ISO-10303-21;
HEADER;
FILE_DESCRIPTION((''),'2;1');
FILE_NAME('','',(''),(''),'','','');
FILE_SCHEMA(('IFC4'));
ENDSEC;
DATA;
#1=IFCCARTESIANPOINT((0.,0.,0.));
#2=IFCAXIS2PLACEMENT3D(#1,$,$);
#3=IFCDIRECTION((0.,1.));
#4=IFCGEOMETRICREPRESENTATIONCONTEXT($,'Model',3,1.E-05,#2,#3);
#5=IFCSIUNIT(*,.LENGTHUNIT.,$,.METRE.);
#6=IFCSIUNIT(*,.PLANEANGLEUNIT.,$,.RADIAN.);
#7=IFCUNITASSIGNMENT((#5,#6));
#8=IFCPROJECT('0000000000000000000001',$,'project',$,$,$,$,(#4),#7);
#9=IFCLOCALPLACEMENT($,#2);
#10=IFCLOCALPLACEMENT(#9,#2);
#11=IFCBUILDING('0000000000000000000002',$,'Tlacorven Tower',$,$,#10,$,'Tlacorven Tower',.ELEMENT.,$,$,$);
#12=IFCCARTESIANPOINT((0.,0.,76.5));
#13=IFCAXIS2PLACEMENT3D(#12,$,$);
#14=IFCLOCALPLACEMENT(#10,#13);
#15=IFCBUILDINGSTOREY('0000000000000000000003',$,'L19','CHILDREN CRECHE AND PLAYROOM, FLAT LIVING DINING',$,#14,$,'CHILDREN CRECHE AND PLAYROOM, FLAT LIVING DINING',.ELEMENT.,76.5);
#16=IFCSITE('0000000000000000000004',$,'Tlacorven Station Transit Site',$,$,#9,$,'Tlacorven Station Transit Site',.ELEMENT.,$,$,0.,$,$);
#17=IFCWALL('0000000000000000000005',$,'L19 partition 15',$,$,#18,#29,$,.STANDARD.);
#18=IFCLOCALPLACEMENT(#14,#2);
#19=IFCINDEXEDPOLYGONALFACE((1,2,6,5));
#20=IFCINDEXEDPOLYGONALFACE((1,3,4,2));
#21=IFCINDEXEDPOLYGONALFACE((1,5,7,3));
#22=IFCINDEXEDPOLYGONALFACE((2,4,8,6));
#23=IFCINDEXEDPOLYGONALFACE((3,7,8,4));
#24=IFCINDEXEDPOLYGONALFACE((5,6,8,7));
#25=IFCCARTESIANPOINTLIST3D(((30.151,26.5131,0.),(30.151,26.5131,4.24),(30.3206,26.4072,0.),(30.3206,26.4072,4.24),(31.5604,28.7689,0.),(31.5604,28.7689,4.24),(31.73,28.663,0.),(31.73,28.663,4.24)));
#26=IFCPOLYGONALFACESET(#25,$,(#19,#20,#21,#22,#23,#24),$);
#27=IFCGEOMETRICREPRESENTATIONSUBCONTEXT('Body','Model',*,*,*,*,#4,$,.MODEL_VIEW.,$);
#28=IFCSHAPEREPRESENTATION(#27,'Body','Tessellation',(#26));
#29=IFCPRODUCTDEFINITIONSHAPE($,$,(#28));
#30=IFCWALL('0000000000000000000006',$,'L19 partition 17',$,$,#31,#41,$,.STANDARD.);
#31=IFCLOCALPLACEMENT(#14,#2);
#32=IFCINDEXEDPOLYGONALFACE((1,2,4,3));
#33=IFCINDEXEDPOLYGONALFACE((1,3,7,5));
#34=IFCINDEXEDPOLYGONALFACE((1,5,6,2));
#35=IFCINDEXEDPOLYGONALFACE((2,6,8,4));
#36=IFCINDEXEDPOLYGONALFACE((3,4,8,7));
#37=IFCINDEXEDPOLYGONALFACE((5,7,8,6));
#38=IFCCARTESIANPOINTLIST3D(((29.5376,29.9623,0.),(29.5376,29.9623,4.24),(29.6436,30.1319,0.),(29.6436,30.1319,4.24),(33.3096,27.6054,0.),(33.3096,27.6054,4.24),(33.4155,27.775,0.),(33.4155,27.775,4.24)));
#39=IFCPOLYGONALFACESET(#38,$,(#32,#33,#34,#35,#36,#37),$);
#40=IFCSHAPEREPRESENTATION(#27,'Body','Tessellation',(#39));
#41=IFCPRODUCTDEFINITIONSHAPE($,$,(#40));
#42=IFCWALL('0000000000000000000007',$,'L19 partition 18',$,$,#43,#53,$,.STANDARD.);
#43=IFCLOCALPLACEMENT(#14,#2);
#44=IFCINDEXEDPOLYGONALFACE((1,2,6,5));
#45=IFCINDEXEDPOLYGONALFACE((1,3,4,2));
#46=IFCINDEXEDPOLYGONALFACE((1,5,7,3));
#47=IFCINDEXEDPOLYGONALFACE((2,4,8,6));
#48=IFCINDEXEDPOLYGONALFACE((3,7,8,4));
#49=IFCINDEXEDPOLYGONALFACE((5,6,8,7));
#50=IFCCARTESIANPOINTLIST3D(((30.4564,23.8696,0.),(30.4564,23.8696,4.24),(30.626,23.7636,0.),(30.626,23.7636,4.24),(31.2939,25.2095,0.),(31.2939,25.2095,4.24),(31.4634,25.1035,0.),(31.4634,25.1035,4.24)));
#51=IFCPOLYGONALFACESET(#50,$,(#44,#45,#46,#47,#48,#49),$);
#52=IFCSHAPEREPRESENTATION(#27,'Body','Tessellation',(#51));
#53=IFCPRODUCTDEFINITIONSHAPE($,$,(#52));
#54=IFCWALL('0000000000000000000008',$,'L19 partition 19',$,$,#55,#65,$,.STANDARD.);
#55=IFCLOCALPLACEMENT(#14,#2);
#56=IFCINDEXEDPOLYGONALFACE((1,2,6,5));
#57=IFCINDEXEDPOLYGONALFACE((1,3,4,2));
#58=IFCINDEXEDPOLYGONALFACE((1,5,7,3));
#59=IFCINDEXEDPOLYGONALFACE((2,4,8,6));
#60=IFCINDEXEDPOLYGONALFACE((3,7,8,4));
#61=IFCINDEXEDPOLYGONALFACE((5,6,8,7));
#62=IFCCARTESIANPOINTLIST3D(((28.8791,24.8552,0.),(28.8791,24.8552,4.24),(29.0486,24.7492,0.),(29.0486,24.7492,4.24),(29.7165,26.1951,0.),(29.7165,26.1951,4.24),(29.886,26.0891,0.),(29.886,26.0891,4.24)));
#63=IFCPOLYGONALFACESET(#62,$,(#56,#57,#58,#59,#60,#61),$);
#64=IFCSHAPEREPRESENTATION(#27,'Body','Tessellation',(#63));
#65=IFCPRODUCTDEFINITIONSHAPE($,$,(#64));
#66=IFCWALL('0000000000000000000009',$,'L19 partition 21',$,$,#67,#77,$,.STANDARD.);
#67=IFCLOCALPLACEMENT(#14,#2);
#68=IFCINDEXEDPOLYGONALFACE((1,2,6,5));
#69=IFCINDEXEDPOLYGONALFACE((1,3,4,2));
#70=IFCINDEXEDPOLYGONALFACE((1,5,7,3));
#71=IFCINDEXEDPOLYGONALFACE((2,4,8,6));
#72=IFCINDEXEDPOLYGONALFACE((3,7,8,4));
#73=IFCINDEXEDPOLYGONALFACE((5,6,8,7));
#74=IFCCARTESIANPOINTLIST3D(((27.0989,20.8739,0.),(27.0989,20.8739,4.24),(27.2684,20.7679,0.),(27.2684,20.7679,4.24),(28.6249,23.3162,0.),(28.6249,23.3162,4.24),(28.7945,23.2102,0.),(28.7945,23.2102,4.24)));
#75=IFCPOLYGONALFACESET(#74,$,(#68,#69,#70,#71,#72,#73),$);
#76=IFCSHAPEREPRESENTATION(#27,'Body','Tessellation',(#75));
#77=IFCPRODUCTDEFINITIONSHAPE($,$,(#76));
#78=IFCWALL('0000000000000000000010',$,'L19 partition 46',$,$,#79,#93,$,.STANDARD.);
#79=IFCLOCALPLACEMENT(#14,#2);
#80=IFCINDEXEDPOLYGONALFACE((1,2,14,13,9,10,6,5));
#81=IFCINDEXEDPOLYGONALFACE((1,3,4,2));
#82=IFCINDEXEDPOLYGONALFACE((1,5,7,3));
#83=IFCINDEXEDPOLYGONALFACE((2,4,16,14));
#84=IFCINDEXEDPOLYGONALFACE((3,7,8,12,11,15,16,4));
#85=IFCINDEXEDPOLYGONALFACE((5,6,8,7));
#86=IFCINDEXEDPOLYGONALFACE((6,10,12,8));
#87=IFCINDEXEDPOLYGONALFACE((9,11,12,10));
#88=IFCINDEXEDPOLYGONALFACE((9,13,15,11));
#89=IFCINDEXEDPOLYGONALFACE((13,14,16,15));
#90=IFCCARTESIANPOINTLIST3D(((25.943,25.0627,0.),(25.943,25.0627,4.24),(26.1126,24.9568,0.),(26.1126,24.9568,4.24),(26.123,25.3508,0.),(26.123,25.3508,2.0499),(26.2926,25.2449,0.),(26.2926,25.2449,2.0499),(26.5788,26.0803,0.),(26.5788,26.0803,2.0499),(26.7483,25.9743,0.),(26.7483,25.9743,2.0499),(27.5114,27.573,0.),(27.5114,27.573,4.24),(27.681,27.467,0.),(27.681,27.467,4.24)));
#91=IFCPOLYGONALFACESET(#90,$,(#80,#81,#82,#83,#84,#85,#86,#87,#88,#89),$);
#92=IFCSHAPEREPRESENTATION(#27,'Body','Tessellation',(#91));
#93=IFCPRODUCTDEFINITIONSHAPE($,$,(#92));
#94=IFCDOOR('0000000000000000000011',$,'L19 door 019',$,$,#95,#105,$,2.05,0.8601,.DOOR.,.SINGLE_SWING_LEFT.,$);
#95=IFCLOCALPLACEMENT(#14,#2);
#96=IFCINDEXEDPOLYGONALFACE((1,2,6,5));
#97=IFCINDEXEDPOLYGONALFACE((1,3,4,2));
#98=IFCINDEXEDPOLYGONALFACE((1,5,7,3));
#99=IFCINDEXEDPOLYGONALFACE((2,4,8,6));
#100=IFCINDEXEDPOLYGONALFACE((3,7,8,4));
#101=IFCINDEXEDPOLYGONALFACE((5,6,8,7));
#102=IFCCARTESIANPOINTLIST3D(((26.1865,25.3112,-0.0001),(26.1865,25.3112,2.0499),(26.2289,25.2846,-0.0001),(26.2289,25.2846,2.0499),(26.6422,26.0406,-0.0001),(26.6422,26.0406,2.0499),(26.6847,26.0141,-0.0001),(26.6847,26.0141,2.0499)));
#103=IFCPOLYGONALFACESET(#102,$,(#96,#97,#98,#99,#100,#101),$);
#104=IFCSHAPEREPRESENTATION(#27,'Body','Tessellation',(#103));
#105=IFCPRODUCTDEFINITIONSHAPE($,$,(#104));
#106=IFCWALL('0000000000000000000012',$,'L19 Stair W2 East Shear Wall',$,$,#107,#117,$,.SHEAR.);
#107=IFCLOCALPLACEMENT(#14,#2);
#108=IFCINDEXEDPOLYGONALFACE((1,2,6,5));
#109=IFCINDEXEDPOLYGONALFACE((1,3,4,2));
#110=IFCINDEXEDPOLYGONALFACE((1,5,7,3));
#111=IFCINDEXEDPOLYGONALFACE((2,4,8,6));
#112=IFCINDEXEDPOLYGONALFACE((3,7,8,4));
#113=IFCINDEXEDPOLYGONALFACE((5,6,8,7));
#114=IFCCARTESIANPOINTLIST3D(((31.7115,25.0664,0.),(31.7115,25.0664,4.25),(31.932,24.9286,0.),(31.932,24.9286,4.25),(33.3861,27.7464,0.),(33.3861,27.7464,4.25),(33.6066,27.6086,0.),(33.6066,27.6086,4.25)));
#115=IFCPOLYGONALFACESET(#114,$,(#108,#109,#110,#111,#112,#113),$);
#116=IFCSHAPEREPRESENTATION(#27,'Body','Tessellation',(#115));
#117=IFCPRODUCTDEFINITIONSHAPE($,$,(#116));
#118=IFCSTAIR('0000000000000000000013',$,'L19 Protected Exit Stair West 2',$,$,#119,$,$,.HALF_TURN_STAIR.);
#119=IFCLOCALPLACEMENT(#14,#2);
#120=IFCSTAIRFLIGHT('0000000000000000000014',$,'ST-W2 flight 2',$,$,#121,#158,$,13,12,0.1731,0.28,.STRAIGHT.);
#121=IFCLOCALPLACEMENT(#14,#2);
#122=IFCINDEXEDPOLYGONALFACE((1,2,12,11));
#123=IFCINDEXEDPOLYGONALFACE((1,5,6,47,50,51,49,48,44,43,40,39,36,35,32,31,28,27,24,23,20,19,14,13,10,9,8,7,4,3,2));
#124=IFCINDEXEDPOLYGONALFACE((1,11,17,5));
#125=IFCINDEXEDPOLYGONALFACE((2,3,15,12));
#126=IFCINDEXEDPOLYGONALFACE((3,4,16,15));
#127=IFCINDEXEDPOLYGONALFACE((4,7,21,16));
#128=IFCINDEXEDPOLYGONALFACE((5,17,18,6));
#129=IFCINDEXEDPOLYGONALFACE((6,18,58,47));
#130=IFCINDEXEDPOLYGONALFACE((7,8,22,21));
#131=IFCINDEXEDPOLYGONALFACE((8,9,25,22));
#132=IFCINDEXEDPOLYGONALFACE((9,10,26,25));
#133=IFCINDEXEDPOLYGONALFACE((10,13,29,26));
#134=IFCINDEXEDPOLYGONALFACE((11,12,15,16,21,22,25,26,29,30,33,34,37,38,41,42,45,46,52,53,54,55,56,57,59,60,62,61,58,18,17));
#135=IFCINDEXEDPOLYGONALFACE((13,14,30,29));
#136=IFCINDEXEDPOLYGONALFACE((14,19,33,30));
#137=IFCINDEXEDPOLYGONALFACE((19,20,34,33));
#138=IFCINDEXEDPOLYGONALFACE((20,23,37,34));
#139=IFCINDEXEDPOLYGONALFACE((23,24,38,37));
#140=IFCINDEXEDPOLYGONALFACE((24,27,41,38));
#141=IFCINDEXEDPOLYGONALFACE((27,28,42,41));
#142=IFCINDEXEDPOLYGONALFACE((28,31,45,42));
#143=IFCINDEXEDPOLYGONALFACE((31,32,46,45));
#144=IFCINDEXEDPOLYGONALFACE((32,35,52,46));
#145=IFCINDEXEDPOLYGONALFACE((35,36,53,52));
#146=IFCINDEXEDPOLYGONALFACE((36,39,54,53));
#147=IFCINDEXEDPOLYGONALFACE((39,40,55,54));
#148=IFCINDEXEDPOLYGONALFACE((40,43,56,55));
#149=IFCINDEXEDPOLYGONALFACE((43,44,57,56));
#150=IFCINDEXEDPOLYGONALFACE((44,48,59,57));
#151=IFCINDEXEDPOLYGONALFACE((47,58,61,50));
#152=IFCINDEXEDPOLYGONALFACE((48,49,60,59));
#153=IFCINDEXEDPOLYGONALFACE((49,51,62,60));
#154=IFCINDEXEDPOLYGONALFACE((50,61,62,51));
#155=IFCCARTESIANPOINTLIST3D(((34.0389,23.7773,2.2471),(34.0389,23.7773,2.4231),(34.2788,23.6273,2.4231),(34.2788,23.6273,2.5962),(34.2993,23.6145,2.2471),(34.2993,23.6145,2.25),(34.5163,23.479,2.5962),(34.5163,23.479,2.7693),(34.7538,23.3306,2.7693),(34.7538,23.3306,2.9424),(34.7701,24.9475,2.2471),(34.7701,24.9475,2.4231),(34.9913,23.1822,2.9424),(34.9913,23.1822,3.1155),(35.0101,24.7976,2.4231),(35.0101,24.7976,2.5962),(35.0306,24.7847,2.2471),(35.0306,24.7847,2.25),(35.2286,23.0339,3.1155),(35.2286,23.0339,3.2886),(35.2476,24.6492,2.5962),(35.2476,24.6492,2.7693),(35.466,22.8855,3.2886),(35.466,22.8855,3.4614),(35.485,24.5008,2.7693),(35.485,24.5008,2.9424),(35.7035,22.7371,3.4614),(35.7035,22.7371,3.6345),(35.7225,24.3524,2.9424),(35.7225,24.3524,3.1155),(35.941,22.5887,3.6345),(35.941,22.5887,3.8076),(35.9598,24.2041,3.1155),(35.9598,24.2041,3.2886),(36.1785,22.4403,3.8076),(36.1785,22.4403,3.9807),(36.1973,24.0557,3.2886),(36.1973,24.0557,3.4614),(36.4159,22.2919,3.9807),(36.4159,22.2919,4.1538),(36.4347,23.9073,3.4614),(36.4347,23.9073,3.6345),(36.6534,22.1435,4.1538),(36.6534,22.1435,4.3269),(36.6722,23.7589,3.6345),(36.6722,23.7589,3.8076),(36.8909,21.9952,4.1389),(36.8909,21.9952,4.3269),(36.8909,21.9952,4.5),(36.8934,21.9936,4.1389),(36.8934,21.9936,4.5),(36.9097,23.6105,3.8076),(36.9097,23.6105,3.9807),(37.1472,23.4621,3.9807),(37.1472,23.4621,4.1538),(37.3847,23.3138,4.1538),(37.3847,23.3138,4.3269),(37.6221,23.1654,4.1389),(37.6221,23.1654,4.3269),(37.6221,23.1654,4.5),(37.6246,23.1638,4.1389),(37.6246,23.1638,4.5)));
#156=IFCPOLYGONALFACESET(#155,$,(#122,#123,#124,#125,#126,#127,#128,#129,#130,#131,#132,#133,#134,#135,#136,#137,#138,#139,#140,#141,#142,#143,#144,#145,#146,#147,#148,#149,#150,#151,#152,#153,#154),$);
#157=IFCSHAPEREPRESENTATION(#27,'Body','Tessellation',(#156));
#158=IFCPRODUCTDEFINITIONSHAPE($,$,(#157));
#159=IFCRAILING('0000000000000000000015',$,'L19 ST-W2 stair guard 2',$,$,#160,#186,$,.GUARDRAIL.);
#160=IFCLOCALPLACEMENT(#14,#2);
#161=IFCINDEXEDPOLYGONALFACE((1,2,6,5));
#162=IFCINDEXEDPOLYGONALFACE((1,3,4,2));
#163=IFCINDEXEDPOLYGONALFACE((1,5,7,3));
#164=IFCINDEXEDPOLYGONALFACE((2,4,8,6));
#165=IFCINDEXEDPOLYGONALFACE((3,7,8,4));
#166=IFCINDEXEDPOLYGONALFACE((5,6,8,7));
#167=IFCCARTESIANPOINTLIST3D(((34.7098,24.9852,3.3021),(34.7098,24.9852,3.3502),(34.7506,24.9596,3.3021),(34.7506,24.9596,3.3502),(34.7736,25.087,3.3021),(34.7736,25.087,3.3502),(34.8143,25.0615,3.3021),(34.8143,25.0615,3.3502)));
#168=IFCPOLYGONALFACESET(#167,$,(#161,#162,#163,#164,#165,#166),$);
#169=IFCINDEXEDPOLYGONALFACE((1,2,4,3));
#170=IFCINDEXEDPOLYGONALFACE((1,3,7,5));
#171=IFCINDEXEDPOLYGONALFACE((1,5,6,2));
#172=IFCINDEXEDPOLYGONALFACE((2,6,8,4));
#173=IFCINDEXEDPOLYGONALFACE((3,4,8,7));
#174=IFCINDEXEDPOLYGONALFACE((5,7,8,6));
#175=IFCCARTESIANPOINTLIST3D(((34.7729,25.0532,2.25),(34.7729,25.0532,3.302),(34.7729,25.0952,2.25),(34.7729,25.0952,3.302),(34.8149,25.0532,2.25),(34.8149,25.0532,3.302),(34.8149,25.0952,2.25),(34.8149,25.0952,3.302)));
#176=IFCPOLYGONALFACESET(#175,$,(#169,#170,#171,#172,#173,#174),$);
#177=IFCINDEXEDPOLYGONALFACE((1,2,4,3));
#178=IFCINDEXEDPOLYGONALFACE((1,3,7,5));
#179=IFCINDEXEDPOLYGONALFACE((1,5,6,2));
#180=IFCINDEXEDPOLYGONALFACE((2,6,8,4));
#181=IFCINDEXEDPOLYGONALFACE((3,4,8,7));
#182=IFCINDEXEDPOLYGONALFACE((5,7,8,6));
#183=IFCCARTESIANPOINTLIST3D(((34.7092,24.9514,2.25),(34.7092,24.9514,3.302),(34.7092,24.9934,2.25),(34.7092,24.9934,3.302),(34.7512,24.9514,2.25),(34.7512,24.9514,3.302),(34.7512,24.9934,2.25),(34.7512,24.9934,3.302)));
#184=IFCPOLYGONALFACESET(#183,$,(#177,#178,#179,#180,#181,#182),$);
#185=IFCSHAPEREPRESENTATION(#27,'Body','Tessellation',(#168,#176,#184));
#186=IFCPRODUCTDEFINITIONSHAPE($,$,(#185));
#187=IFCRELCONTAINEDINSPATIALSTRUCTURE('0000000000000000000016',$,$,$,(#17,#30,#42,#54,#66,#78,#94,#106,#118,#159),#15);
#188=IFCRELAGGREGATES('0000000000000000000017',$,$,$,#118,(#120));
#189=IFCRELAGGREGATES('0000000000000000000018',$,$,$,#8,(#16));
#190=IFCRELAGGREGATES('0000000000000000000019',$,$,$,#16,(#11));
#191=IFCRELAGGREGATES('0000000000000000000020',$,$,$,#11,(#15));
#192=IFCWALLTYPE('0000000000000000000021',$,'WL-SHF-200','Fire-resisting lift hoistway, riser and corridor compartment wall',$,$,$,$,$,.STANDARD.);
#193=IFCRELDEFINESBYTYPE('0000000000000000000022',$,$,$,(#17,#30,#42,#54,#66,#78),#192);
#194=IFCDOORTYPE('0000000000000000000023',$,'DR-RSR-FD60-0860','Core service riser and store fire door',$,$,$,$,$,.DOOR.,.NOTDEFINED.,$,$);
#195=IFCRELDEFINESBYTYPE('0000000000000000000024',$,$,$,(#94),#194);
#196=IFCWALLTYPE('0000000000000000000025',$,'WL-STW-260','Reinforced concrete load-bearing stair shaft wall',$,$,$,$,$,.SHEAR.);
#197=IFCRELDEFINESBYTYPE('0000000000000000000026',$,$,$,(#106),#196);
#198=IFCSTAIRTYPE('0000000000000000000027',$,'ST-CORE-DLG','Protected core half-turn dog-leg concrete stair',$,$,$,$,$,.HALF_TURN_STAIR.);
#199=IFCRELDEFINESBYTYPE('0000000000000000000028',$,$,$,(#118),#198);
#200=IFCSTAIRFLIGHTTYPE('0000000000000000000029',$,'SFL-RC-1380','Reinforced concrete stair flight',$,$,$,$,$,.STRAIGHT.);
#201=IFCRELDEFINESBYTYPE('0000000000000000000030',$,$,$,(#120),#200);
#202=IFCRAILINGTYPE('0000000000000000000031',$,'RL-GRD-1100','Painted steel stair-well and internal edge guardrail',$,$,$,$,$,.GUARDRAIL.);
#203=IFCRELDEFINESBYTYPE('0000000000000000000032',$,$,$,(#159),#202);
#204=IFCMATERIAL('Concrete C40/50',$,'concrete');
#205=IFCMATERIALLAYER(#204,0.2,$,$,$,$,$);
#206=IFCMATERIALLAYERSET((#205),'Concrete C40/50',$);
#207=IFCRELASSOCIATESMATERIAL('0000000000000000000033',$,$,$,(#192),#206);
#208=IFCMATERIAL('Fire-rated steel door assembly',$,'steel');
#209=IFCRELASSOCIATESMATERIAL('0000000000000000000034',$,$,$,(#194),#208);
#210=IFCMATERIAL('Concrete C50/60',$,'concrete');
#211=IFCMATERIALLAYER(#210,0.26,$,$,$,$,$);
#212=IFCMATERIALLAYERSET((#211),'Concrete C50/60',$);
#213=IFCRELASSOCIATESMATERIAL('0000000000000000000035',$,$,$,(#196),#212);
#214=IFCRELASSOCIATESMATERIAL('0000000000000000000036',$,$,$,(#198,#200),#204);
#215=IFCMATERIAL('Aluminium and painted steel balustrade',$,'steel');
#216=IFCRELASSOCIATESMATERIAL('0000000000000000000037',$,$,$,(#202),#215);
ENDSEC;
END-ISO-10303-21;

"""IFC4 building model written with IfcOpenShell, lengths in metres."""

from ifc_helpers import new_model, si_unit, direction, frame, frame_2d, origin, origin_2d, place, context, subcontext, project, spatial, polyline, rectangle, outline, extrude, source, transform, mapped, material, layer, layer_set, type_object, element, fill, aggregate, save


model = new_model("IFC4")

# Units and contexts
model_context = context("Model", 3, precision=1e-05, world=origin(), true_north=direction((0.0, 1.0)))
body_context = subcontext(model_context, "Body", "Model", "MODEL_VIEW")
ifc_project = project(units=[si_unit("LENGTHUNIT", "METRE"), si_unit("PLANEANGLEUNIT", "RADIAN")], contexts=[model_context])

# Site, building, storey
site_placement = place(None, origin())
site = spatial("IfcSite", under=ifc_project, at=site_placement, Name="Tlacorven Station Transit Site", LongName="Tlacorven Station Transit Site", CompositionType="ELEMENT", RefElevation=0.0)
building_placement = place(site_placement, origin())
building = spatial("IfcBuilding", under=site, at=building_placement, Name="Tlacorven Tower", LongName="Tlacorven Tower", CompositionType="ELEMENT")
storey_placement = place(building_placement, frame((0.0, 0.0, 76.5)))
storey = spatial("IfcBuildingStorey", under=building, at=storey_placement, Name="L19", Description="CHILDREN CRECHE AND PLAYROOM, FLAT LIVING DINING", LongName="CHILDREN CRECHE AND PLAYROOM, FLAT LIVING DINING", CompositionType="ELEMENT", Elevation=76.5)

# Walls
ifc_material_1 = material(Name="Concrete C40/50", Category="concrete")
ifc_layer_1 = layer(ifc_material_1, 0.2)
ifc_layer_set_1 = layer_set([ifc_layer_1], Name="Concrete C40/50")
wall_type_1 = type_object("IfcWallType", Name="WL-SHF-200", Description="Fire-resisting lift hoistway, riser and corridor compartment wall", PredefinedType="STANDARD", material=ifc_layer_set_1)
wall_1_placement = place(storey_placement, frame((31.6453, 28.7161, 0.0), z_axis=(0.0, 0.0, 1.0), x_axis=(-0.529867, -0.848081, 0.0)))
element("IfcWall", 1, at=wall_1_placement, inside=storey, type_object=wall_type_1, Name="L19 partition 15", PredefinedType="STANDARD", context=body_context, shape_type="SweptSolid", body=[
    extrude(rectangle(XDim=2.6599, YDim=0.2, at=frame_2d((1.3301, 0.0))), origin(), (0.0, 0.0, 1.0), 4.24),
])
wall_2_placement = place(storey_placement, frame((33.3625, 27.6902, 0.0), z_axis=(0.0, 0.0, 1.0), x_axis=(-0.848054, 0.52991, 0.0)))
element("IfcWall", 2, at=wall_2_placement, inside=storey, type_object=wall_type_1, Name="L19 partition 17", PredefinedType="STANDARD", context=body_context, shape_type="SweptSolid", body=[
    extrude(rectangle(XDim=4.4478, YDim=0.2, at=frame_2d((2.2239, 0.0))), origin(), (0.0, 0.0, 1.0), 4.24),
])
for number, where, z_axis, x_axis, name in (
    (3, (31.3787, 25.1565, 0.0), (0.0, 0.0, 1.0), (-0.529999, -0.847998, 0.0), "L19 partition 18"),
    (4, (29.8013, 26.1421, 0.0), (0.0, 0.0, 1.0), (-0.529999, -0.847998, 0.0), "L19 partition 19"),
):
    element("IfcWall", number, at=place(storey_placement, frame(where, z_axis=z_axis, x_axis=x_axis)), inside=storey, type_object=wall_type_1, Name=name, PredefinedType="STANDARD", context=body_context, shape_type="SweptSolid", body=[
        extrude(rectangle(XDim=1.5801, YDim=0.2, at=frame_2d((0.79, 0.0))), origin(), (0.0, 0.0, 1.0), 4.24),
    ])
wall_3_placement = place(storey_placement, frame((28.7097, 23.2632, 0.0), z_axis=(0.0, 0.0, 1.0), x_axis=(-0.529907, -0.848055, 0.0)))
element("IfcWall", 5, at=wall_3_placement, inside=storey, type_object=wall_type_1, Name="L19 partition 21", PredefinedType="STANDARD", context=body_context, shape_type="SweptSolid", body=[
    extrude(rectangle(XDim=2.8799, YDim=0.2, at=frame_2d((1.4399, 0.0))), origin(), (0.0, 0.0, 1.0), 4.24),
])

# Wall, opening, door
wall_4_placement = place(storey_placement, frame((27.5962, 27.52, 0.0), z_axis=(0.0, 0.0, 1.0), x_axis=(-0.529865, -0.848082, 0.0)))
wall_4 = element("IfcWall", 6, at=wall_4_placement, inside=storey, type_object=wall_type_1, Name="L19 partition 46", PredefinedType="STANDARD", context=body_context, shape_type="SweptSolid", body=[
    extrude(rectangle(XDim=2.96, YDim=0.2, at=frame_2d((1.48, 0.0))), origin(), (0.0, 0.0, 1.0), 4.24),
])
opening_placement = place(wall_4_placement, frame((1.76, 0.0, 0.0)))
opening = element("IfcOpeningElement", 7, at=opening_placement, cuts=wall_4, PredefinedType="OPENING", context=body_context, shape_type="SweptSolid", body=[
    extrude(rectangle(XDim=0.8601, YDim=2.05, at=frame_2d((0.4302, 1.0249))), frame((0.0, 0.1099, 0.0), z_axis=(0.0, -1.0, 0.0), x_axis=(1.0, 0.0, 0.0)), (0.0, 0.0, 1.0), 0.22),
])
ifc_material_2 = material(Name="Fire-rated steel door assembly", Category="steel")
door_type = type_object("IfcDoorType", Name="DR-RSR-FD60-0860", Description="Core service riser and store fire door", OperationType="NOTDEFINED", PredefinedType="DOOR", material=ifc_material_2)
shared_shape_1 = source(origin(), body_context, "Body", "SweptSolid", [
    extrude(rectangle(XDim=0.8601, YDim=2.05, at=frame_2d((0.4302, 1.0249))), frame((0.0, 0.0249, 0.0), z_axis=(0.0, -1.0, 0.0), x_axis=(1.0, 0.0, 0.0)), (0.0, 0.0, 1.0), 0.05),
])
door_placement = place(opening_placement, origin())
door = element("IfcDoor", 8, at=door_placement, inside=storey, type_object=door_type, Name="L19 door 019", OperationType="SINGLE_SWING_LEFT", OverallHeight=2.05, OverallWidth=0.8601, PredefinedType="DOOR", context=body_context, shape_type="MappedRepresentation", body=[
    mapped(shared_shape_1, transform((0.0, 0.0, 0.0), scale=1.0)),
])
fill(opening, door)

# Wall
ifc_material_3 = material(Name="Concrete C50/60", Category="concrete")
ifc_layer_2 = layer(ifc_material_3, 0.26)
ifc_layer_set_2 = layer_set([ifc_layer_2], Name="Concrete C50/60")
wall_type_2 = type_object("IfcWallType", Name="WL-STW-260", Description="Reinforced concrete load-bearing stair shaft wall", PredefinedType="SHEAR", material=ifc_layer_set_2)
wall_5_placement = place(storey_placement, frame((33.4963, 27.6775, 0.0), z_axis=(0.0, 0.0, 1.0), x_axis=(-0.529909, -0.848055, 0.0)))
element("IfcWall", 9, at=wall_5_placement, inside=storey, type_object=wall_type_2, Name="L19 Stair W2 East Shear Wall", PredefinedType="SHEAR", context=body_context, shape_type="SweptSolid", body=[
    extrude(rectangle(XDim=3.1602, YDim=0.26, at=frame_2d((1.5801, 0.0))), origin(), (0.0, 0.0, 1.0), 4.25),
])

# Stair, stair flight
stair_type = type_object("IfcStairType", Name="ST-CORE-DLG", Description="Protected core half-turn dog-leg concrete stair", PredefinedType="HALF_TURN_STAIR", material=ifc_material_1)
stair_placement = place(storey_placement, origin())
stair = element("IfcStair", 10, at=stair_placement, inside=storey, type_object=stair_type, Name="L19 Protected Exit Stair West 2", PredefinedType="HALF_TURN_STAIR")
stair_flight_type = type_object("IfcStairFlightType", Name="SFL-RC-1380", Description="Reinforced concrete stair flight", PredefinedType="STRAIGHT", material=ifc_material_1)
shared_shape_2 = source(origin(), body_context, "Body", "SweptSolid", [
    extrude(outline(polyline([(-0.0029, -0.0029), (-0.0029, 0.1731), (0.28, 0.1731), (0.28, 0.3462), (0.5601, 0.3462), (0.5601, 0.5193), (0.8401, 0.5193), (0.8401, 0.6924), (1.1201, 0.6924), (1.1201, 0.8655), (1.3999, 0.8655), (1.3999, 1.0386), (1.6799, 1.0386), (1.6799, 1.2114), (1.96, 1.2114), (1.96, 1.3845), (2.24, 1.3845), (2.24, 1.5576), (2.52, 1.5576), (2.52, 1.7307), (2.8, 1.7307), (2.8, 1.9038), (3.0801, 1.9038), (3.0801, 2.0769), (3.3601, 2.0769), (3.3601, 2.25), (3.363, 2.25), (3.363, 1.8889), (3.3601, 1.8889), (0.3042, 0.0), (0.3042, -0.0029), (-0.0029, -0.0029)])), frame((0.0, 0.6899, 0.0), z_axis=(0.0, -1.0, 0.0), x_axis=(1.0, 0.0, 0.0)), (0.0, 0.0, 1.0), 1.3799),
])
stair_flight_placement = place(storey_placement, frame((34.407, 24.3608, 2.25), z_axis=(0.0, 0.0, 1.0), x_axis=(0.848048, -0.529919, 0.0)))
stair_flight = element("IfcStairFlight", 11, at=stair_flight_placement, type_object=stair_flight_type, Name="ST-W2 flight 2", NumberOfRisers=13, NumberOfTreads=12, PredefinedType="STRAIGHT", RiserHeight=0.1731, TreadLength=0.28, context=body_context, shape_type="MappedRepresentation", body=[
    mapped(shared_shape_2, transform((0.0, 0.0, 0.0), scale=1.0)),
])
aggregate(stair, [stair_flight])

# Railing
ifc_material_4 = material(Name="Aluminium and painted steel balustrade", Category="steel")
railing_type_1 = type_object("IfcRailingType", Name="RL-GRD-1100", Description="Painted steel stair-well and internal edge guardrail", PredefinedType="GUARDRAIL", material=ifc_material_4)
shared_shape_3 = source(origin(), body_context, "Body", "SweptSolid", [
    extrude(rectangle(XDim=0.0481, YDim=0.0481, at=origin_2d()), frame((0.0, 0.0, 1.0762), z_axis=(-0.530547, -0.847656, 0.0), x_axis=(0.847656, -0.530547, 0.0)), (0.0, 0.0, 1.0), 0.1201),
    extrude(rectangle(XDim=0.042, YDim=0.042, at=origin_2d()), origin(), (0.0, 0.0, 1.0), 1.052),
    extrude(rectangle(XDim=0.042, YDim=0.042, at=origin_2d()), frame((-0.0637, -0.1018, 0.0)), (0.0, 0.0, 1.0), 1.052),
])
railing_1_placement = place(storey_placement, frame((34.7939, 25.0742, 2.25)))
element("IfcRailing", 12, at=railing_1_placement, inside=storey, type_object=railing_type_1, Name="L19 ST-W2 stair guard 2", PredefinedType="GUARDRAIL", context=body_context, shape_type="MappedRepresentation", body=[
    mapped(shared_shape_3, transform((0.0, 0.0, 0.0), scale=1.0)),
])

save(model, "model.ifc")
